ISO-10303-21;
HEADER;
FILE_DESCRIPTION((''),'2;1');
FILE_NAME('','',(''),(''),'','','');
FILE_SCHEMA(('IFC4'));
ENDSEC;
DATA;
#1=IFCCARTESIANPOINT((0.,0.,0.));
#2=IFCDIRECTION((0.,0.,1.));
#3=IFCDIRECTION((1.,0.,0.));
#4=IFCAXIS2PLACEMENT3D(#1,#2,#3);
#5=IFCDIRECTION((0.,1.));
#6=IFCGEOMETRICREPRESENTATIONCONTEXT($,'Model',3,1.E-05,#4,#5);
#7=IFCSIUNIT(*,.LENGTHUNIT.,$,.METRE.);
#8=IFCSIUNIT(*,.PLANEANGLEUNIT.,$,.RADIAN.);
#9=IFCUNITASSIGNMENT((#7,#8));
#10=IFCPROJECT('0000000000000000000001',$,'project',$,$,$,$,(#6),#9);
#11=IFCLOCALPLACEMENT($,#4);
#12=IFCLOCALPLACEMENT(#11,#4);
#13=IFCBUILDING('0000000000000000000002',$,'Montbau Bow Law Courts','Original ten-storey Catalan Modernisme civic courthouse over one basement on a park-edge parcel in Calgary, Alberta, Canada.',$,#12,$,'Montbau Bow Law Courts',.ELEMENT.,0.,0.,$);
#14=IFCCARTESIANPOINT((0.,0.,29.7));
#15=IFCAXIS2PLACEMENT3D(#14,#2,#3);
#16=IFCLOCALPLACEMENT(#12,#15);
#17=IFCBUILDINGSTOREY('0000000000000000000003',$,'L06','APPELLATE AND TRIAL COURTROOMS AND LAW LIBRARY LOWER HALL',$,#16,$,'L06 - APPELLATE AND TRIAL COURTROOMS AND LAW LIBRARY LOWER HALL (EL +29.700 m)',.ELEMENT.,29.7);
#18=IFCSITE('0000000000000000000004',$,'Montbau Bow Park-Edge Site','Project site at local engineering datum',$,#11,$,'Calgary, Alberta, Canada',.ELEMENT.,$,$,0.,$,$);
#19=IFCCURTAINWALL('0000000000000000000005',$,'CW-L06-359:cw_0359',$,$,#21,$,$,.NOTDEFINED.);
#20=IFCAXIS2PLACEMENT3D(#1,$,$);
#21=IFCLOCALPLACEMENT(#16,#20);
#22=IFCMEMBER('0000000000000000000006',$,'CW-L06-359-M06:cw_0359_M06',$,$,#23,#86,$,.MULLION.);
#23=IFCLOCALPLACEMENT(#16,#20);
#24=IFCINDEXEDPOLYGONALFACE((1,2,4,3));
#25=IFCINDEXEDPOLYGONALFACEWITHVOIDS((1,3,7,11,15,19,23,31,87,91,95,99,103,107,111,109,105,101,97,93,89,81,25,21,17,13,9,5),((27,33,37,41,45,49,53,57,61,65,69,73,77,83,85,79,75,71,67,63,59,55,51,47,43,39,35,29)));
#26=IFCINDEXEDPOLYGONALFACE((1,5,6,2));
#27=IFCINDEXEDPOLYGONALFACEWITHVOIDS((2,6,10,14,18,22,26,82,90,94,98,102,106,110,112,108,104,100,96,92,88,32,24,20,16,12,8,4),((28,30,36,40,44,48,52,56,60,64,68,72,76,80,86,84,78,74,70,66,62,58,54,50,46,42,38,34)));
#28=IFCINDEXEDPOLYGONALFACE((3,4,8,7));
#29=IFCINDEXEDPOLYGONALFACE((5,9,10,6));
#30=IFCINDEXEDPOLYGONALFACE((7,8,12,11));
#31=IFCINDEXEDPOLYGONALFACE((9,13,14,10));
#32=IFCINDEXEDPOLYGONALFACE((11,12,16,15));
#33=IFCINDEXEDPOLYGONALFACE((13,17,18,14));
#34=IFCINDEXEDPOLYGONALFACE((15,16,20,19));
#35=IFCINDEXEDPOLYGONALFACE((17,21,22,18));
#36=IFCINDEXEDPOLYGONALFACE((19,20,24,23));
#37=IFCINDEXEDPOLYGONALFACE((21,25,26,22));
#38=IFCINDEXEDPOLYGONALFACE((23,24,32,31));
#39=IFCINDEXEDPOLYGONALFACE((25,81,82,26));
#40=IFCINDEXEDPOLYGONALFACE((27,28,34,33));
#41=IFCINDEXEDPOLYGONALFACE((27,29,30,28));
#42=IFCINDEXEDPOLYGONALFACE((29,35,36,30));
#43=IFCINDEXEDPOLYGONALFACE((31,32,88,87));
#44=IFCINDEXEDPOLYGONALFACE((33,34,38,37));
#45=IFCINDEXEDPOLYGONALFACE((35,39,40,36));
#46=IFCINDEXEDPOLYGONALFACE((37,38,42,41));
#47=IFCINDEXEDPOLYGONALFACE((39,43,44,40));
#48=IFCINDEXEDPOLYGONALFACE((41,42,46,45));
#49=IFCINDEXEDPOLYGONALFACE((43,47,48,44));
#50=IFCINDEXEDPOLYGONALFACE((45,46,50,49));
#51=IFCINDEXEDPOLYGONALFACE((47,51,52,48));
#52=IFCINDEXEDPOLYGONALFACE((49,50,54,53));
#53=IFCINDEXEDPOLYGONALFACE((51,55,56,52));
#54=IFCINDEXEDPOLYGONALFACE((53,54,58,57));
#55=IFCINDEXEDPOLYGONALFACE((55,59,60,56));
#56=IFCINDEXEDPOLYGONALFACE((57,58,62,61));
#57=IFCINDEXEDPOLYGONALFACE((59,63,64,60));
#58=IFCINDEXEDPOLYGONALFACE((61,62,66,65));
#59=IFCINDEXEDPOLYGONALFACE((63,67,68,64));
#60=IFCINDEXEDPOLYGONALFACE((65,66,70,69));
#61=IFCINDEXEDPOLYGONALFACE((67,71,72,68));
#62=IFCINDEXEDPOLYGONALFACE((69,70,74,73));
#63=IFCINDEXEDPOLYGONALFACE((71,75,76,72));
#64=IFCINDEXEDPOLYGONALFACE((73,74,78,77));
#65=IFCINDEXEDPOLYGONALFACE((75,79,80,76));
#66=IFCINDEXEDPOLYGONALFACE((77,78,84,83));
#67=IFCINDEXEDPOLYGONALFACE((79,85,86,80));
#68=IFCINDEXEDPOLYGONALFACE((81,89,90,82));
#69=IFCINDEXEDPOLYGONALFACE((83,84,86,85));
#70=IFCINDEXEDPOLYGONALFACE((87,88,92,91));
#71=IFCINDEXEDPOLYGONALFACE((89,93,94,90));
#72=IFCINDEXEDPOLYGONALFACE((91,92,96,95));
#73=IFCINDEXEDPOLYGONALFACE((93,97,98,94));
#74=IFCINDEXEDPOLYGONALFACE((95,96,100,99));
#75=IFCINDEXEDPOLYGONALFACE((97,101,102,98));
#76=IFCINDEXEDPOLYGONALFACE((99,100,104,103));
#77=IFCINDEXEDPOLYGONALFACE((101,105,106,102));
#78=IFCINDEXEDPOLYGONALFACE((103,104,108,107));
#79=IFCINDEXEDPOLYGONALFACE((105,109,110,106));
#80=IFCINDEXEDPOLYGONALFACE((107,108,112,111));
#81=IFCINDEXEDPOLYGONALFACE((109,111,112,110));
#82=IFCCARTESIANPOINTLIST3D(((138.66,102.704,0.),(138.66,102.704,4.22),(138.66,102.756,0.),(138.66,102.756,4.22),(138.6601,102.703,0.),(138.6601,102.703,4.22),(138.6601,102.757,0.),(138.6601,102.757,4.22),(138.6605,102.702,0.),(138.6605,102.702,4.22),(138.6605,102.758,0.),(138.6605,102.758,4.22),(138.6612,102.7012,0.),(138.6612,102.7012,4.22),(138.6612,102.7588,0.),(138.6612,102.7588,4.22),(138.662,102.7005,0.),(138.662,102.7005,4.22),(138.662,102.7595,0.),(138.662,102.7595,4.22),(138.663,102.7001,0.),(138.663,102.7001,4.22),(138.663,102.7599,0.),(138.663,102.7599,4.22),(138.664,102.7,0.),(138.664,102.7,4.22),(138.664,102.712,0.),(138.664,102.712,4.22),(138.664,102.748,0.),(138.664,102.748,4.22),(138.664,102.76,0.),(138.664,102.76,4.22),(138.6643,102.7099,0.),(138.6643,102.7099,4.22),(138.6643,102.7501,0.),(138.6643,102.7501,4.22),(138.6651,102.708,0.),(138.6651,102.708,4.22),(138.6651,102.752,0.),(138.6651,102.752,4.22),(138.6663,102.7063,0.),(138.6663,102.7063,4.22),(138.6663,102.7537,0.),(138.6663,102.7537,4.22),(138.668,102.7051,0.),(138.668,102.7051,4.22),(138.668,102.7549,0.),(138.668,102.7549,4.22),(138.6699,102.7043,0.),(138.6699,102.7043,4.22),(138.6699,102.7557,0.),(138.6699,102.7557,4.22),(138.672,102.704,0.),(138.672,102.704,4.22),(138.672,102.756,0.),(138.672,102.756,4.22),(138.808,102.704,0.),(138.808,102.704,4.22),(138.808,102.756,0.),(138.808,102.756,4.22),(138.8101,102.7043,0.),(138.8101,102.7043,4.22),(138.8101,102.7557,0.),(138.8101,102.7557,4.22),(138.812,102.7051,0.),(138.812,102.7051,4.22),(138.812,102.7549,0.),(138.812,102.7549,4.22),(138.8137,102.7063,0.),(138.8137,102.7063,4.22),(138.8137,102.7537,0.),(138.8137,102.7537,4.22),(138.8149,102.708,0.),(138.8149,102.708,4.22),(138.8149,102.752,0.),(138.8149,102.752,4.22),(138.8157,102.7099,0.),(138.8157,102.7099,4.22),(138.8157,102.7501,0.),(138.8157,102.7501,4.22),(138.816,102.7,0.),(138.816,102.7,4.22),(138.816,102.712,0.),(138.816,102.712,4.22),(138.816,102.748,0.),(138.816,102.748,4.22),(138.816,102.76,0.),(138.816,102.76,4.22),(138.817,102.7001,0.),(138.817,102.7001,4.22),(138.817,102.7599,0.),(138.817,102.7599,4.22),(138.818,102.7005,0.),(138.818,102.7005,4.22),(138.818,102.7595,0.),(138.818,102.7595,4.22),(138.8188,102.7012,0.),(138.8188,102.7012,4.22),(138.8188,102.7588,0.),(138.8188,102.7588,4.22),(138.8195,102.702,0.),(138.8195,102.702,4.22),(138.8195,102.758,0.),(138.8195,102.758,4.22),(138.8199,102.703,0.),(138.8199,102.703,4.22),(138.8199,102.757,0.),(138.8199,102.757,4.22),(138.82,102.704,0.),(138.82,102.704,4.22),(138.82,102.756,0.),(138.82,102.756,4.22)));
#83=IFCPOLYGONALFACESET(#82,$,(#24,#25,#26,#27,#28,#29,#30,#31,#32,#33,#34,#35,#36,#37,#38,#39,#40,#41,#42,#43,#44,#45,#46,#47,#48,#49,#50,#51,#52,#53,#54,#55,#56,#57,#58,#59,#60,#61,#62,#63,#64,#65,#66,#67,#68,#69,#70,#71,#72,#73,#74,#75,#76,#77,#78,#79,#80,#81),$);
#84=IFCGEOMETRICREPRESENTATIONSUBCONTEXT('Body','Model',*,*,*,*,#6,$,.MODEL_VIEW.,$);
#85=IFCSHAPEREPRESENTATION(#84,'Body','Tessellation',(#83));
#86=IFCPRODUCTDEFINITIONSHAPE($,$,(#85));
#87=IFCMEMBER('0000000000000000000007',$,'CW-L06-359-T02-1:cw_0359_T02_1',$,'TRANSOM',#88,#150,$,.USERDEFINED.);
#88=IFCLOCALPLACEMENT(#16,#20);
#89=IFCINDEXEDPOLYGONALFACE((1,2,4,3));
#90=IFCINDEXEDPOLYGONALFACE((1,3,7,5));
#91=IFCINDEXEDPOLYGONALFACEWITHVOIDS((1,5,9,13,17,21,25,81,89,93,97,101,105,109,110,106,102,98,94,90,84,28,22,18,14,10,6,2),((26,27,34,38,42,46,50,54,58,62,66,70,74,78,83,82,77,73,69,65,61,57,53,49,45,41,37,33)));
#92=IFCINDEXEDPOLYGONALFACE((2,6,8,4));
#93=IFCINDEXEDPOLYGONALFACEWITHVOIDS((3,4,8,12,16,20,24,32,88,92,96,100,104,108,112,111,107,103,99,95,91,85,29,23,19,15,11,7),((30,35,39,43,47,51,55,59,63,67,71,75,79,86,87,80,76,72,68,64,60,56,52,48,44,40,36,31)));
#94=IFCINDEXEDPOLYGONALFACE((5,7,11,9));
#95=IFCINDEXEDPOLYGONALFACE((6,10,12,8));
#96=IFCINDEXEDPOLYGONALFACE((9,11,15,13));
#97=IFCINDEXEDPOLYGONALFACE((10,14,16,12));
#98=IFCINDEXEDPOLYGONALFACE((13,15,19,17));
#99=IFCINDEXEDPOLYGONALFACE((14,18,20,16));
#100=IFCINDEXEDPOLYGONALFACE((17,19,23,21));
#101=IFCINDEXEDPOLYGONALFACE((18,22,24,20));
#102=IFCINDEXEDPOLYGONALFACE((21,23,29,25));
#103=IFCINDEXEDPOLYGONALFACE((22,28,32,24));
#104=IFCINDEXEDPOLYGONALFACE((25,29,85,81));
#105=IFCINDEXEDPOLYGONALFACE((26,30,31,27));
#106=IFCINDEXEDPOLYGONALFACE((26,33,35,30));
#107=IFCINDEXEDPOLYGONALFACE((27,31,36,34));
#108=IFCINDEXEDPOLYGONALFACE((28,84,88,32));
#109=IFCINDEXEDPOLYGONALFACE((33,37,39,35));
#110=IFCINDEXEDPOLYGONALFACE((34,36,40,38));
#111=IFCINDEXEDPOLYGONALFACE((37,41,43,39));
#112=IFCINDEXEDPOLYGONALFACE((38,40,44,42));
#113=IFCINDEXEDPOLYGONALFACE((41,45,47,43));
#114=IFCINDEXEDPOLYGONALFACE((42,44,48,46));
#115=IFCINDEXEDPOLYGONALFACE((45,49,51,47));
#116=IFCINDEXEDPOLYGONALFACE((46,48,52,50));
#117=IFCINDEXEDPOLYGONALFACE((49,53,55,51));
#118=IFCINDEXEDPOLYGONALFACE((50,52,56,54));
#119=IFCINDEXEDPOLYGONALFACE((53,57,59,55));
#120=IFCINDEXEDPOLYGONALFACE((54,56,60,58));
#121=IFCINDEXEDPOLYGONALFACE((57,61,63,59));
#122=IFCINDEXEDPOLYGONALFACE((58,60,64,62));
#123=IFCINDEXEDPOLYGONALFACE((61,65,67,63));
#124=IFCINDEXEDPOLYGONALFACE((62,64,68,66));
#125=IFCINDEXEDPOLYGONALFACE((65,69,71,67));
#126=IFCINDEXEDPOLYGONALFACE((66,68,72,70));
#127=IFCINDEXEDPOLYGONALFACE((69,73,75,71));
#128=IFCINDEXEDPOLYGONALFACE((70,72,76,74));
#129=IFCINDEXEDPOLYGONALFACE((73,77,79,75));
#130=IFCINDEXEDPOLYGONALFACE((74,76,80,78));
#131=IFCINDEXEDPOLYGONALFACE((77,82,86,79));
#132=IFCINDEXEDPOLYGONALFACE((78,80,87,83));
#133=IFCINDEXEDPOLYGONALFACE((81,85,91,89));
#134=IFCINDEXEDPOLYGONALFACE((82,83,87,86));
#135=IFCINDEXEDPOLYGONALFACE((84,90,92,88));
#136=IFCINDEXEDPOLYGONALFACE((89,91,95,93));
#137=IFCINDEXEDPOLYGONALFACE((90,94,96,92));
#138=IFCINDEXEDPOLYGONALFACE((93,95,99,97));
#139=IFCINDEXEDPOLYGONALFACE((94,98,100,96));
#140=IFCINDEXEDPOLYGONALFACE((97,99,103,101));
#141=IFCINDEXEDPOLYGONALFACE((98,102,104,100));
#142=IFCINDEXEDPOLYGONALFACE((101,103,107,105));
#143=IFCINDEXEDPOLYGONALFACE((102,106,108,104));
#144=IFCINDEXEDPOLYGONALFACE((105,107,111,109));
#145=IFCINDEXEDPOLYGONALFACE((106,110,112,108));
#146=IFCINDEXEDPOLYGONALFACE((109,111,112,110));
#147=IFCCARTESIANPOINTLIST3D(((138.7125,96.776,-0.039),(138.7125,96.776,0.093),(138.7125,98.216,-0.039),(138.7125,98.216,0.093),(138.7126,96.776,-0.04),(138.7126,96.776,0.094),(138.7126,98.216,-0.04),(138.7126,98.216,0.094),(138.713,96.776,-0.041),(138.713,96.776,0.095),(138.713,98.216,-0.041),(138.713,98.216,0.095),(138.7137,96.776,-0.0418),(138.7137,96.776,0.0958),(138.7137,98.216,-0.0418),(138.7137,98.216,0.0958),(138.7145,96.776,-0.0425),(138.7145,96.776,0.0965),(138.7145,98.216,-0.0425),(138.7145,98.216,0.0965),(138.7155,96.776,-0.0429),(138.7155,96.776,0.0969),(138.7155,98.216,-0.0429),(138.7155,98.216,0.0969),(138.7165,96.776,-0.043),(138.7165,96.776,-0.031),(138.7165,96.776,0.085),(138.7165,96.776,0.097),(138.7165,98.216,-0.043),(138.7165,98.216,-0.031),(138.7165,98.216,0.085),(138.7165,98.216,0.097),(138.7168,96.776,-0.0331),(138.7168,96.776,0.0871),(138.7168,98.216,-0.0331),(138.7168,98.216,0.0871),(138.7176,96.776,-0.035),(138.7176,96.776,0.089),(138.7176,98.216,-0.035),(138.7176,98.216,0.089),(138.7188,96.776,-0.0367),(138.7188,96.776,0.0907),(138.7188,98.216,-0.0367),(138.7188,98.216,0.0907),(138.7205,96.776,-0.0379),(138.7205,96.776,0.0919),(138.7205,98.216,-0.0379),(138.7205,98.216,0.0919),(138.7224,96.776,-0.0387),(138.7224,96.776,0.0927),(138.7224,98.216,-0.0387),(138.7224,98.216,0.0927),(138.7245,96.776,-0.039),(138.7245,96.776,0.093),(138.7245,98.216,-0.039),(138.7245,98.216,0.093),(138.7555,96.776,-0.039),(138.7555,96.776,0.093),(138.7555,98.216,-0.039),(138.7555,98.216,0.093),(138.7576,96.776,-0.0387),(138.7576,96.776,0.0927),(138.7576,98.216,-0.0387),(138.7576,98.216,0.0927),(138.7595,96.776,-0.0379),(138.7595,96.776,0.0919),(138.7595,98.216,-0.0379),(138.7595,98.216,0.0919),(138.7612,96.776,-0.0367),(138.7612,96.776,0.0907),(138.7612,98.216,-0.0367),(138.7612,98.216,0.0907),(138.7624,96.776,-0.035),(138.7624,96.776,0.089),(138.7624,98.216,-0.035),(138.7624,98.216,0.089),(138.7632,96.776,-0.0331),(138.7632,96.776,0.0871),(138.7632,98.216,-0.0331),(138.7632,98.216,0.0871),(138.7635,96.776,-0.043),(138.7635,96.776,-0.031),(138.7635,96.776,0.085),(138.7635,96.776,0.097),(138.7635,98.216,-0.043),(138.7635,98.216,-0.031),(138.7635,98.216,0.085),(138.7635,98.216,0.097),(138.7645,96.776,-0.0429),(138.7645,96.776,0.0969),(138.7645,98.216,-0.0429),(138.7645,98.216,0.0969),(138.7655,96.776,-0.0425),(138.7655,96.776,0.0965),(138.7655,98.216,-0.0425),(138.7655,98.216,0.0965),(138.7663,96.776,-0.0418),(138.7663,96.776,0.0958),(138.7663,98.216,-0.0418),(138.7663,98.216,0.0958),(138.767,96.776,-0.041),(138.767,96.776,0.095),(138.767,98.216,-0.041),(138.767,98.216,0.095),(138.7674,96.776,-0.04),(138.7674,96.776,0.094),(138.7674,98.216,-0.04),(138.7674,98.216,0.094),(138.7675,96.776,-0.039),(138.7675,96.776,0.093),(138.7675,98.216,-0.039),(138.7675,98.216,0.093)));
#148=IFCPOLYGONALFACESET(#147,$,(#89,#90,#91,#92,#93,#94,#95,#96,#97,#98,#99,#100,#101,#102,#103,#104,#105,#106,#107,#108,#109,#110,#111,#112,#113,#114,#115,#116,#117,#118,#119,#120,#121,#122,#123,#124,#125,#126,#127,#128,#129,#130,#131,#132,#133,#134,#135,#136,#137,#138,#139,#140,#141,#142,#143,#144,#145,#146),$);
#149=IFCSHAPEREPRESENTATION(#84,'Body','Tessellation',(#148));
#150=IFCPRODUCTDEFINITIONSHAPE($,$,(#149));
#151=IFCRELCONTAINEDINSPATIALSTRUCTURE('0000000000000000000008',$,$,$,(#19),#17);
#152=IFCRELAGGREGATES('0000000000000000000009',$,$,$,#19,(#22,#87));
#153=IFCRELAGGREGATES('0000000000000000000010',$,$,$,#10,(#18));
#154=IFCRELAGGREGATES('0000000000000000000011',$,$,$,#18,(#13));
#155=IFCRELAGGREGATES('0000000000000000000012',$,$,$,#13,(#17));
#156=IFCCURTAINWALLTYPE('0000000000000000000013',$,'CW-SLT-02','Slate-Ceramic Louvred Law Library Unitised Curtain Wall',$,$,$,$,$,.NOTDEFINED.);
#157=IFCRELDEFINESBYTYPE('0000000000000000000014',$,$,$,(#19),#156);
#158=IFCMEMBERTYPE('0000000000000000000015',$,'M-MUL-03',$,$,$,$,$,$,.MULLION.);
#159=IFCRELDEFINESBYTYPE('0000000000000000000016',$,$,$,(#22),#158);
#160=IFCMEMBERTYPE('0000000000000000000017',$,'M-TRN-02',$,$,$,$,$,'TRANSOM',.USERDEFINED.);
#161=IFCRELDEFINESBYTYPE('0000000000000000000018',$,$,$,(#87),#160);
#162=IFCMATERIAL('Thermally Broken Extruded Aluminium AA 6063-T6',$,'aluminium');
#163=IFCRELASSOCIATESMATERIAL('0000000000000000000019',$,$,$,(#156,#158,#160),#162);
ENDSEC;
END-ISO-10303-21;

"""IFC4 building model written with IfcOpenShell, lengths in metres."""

from ifc_helpers import new_model, si_unit, direction, frame, origin_with_axes, origin_2d_with_axis, place, context, subcontext, project, spatial, hollow_rectangle, extrude, material, material_profile, profile_set, type_object, element, aggregate, save


model = new_model("IFC4")

# Units and contexts
model_context = context("Model", 3, precision=1e-05, world=origin_with_axes(), true_north=direction((0.0, 1.0)))
body_context = subcontext(model_context, "Body", "Model", "MODEL_VIEW")
ifc_project = project(units=[si_unit("LENGTHUNIT", "METRE"), si_unit("PLANEANGLEUNIT", "RADIAN")], contexts=[model_context])

# Site, building, storey
site_placement = place(None, origin_with_axes())
site = spatial("IfcSite", under=ifc_project, at=site_placement, Name="Montbau Bow Park-Edge Site", Description="Project site at local engineering datum", LongName="Calgary, Alberta, Canada", CompositionType="ELEMENT", RefElevation=0.0)
building_placement = place(site_placement, origin_with_axes())
building = spatial("IfcBuilding", under=site, at=building_placement, Name="Montbau Bow Law Courts", Description="Original ten-storey Catalan Modernisme civic courthouse over one basement on a park-edge parcel in Calgary, Alberta, Canada.", LongName="Montbau Bow Law Courts", CompositionType="ELEMENT", ElevationOfRefHeight=0.0, ElevationOfTerrain=0.0)
storey_placement = place(building_placement, frame((0.0, 0.0, 29.7), z_axis=(0.0, 0.0, 1.0), x_axis=(1.0, 0.0, 0.0)))
storey = spatial("IfcBuildingStorey", under=building, at=storey_placement, Name="L06", Description="APPELLATE AND TRIAL COURTROOMS AND LAW LIBRARY LOWER HALL", LongName="L06 - APPELLATE AND TRIAL COURTROOMS AND LAW LIBRARY LOWER HALL (EL +29.700 m)", CompositionType="ELEMENT", Elevation=29.7)

# Curtain wall, members
ifc_material_1 = material(Name="Thermally Broken Extruded Aluminium AA 6063-T6", Category="aluminium")
curtain_wall_type = type_object("IfcCurtainWallType", Name="CW-SLT-02", Description="Slate-Ceramic Louvred Law Library Unitised Curtain Wall", PredefinedType="NOTDEFINED", material=ifc_material_1)
curtain_wall_placement = place(None, frame((138.74, 95.24, 29.7), z_axis=(0.0, 0.0, 1.0), x_axis=(1.0, 0.0, 0.0)))
curtain_wall = element("IfcCurtainWall", 1, at=curtain_wall_placement, inside=storey, type_object=curtain_wall_type, Name="CW-L06-359:cw_0359", PredefinedType="NOTDEFINED")
ifc_material_profile_1 = material_profile(ifc_material_1, hollow_rectangle(XDim=0.06, YDim=0.16, WallThickness=0.004, InnerFilletRadius=0.008, OuterFilletRadius=0.004, at=origin_2d_with_axis()), Name="CWM-160X60", Category="Main", Priority=0)
ifc_profile_set_1 = profile_set([ifc_material_profile_1], Name="Thermally Broken Extruded Aluminium AA 6063-T6")
member_type_1 = type_object("IfcMemberType", Name="M-MUL-03", PredefinedType="MULLION", material=ifc_profile_set_1)
member_1_placement = place(None, frame((138.74, 102.73, 29.7), z_axis=(0.0, 0.0, 1.0), x_axis=(0.0, 1.0, 0.0)))
member_1 = element("IfcMember", 2, at=member_1_placement, type_object=member_type_1, Name="CW-L06-359-M06:cw_0359_M06", PredefinedType="MULLION", context=body_context, shape_type="SweptSolid", body=[
    extrude(hollow_rectangle(XDim=0.06, YDim=0.16, WallThickness=0.004, InnerFilletRadius=0.008, OuterFilletRadius=0.004, at=origin_2d_with_axis()), origin_with_axes(), (0.0, 0.0, 1.0), 4.22),
])
ifc_material_profile_2 = material_profile(ifc_material_1, hollow_rectangle(XDim=0.055, YDim=0.14, WallThickness=0.004, InnerFilletRadius=0.008, OuterFilletRadius=0.004, at=origin_2d_with_axis()), Name="CWT-140X55", Category="Main", Priority=0)
ifc_profile_set_2 = profile_set([ifc_material_profile_2], Name="Thermally Broken Extruded Aluminium AA 6063-T6")
member_type_2 = type_object("IfcMemberType", Name="M-TRN-02", ElementType="TRANSOM", PredefinedType="USERDEFINED", material=ifc_profile_set_2)
member_2_placement = place(None, frame((138.74, 96.776, 29.727), z_axis=(0.0, 1.0, 0.0), x_axis=(-1.0, 0.0, 0.0)))
member_2 = element("IfcMember", 3, at=member_2_placement, type_object=member_type_2, Name="CW-L06-359-T02-1:cw_0359_T02_1", ObjectType="TRANSOM", PredefinedType="USERDEFINED", context=body_context, shape_type="SweptSolid", body=[
    extrude(hollow_rectangle(XDim=0.055, YDim=0.14, WallThickness=0.004, InnerFilletRadius=0.008, OuterFilletRadius=0.004, at=origin_2d_with_axis()), origin_with_axes(), (0.0, 0.0, 1.0), 1.44),
])
aggregate(curtain_wall, [member_1, member_2])

save(model, "model.ifc")
